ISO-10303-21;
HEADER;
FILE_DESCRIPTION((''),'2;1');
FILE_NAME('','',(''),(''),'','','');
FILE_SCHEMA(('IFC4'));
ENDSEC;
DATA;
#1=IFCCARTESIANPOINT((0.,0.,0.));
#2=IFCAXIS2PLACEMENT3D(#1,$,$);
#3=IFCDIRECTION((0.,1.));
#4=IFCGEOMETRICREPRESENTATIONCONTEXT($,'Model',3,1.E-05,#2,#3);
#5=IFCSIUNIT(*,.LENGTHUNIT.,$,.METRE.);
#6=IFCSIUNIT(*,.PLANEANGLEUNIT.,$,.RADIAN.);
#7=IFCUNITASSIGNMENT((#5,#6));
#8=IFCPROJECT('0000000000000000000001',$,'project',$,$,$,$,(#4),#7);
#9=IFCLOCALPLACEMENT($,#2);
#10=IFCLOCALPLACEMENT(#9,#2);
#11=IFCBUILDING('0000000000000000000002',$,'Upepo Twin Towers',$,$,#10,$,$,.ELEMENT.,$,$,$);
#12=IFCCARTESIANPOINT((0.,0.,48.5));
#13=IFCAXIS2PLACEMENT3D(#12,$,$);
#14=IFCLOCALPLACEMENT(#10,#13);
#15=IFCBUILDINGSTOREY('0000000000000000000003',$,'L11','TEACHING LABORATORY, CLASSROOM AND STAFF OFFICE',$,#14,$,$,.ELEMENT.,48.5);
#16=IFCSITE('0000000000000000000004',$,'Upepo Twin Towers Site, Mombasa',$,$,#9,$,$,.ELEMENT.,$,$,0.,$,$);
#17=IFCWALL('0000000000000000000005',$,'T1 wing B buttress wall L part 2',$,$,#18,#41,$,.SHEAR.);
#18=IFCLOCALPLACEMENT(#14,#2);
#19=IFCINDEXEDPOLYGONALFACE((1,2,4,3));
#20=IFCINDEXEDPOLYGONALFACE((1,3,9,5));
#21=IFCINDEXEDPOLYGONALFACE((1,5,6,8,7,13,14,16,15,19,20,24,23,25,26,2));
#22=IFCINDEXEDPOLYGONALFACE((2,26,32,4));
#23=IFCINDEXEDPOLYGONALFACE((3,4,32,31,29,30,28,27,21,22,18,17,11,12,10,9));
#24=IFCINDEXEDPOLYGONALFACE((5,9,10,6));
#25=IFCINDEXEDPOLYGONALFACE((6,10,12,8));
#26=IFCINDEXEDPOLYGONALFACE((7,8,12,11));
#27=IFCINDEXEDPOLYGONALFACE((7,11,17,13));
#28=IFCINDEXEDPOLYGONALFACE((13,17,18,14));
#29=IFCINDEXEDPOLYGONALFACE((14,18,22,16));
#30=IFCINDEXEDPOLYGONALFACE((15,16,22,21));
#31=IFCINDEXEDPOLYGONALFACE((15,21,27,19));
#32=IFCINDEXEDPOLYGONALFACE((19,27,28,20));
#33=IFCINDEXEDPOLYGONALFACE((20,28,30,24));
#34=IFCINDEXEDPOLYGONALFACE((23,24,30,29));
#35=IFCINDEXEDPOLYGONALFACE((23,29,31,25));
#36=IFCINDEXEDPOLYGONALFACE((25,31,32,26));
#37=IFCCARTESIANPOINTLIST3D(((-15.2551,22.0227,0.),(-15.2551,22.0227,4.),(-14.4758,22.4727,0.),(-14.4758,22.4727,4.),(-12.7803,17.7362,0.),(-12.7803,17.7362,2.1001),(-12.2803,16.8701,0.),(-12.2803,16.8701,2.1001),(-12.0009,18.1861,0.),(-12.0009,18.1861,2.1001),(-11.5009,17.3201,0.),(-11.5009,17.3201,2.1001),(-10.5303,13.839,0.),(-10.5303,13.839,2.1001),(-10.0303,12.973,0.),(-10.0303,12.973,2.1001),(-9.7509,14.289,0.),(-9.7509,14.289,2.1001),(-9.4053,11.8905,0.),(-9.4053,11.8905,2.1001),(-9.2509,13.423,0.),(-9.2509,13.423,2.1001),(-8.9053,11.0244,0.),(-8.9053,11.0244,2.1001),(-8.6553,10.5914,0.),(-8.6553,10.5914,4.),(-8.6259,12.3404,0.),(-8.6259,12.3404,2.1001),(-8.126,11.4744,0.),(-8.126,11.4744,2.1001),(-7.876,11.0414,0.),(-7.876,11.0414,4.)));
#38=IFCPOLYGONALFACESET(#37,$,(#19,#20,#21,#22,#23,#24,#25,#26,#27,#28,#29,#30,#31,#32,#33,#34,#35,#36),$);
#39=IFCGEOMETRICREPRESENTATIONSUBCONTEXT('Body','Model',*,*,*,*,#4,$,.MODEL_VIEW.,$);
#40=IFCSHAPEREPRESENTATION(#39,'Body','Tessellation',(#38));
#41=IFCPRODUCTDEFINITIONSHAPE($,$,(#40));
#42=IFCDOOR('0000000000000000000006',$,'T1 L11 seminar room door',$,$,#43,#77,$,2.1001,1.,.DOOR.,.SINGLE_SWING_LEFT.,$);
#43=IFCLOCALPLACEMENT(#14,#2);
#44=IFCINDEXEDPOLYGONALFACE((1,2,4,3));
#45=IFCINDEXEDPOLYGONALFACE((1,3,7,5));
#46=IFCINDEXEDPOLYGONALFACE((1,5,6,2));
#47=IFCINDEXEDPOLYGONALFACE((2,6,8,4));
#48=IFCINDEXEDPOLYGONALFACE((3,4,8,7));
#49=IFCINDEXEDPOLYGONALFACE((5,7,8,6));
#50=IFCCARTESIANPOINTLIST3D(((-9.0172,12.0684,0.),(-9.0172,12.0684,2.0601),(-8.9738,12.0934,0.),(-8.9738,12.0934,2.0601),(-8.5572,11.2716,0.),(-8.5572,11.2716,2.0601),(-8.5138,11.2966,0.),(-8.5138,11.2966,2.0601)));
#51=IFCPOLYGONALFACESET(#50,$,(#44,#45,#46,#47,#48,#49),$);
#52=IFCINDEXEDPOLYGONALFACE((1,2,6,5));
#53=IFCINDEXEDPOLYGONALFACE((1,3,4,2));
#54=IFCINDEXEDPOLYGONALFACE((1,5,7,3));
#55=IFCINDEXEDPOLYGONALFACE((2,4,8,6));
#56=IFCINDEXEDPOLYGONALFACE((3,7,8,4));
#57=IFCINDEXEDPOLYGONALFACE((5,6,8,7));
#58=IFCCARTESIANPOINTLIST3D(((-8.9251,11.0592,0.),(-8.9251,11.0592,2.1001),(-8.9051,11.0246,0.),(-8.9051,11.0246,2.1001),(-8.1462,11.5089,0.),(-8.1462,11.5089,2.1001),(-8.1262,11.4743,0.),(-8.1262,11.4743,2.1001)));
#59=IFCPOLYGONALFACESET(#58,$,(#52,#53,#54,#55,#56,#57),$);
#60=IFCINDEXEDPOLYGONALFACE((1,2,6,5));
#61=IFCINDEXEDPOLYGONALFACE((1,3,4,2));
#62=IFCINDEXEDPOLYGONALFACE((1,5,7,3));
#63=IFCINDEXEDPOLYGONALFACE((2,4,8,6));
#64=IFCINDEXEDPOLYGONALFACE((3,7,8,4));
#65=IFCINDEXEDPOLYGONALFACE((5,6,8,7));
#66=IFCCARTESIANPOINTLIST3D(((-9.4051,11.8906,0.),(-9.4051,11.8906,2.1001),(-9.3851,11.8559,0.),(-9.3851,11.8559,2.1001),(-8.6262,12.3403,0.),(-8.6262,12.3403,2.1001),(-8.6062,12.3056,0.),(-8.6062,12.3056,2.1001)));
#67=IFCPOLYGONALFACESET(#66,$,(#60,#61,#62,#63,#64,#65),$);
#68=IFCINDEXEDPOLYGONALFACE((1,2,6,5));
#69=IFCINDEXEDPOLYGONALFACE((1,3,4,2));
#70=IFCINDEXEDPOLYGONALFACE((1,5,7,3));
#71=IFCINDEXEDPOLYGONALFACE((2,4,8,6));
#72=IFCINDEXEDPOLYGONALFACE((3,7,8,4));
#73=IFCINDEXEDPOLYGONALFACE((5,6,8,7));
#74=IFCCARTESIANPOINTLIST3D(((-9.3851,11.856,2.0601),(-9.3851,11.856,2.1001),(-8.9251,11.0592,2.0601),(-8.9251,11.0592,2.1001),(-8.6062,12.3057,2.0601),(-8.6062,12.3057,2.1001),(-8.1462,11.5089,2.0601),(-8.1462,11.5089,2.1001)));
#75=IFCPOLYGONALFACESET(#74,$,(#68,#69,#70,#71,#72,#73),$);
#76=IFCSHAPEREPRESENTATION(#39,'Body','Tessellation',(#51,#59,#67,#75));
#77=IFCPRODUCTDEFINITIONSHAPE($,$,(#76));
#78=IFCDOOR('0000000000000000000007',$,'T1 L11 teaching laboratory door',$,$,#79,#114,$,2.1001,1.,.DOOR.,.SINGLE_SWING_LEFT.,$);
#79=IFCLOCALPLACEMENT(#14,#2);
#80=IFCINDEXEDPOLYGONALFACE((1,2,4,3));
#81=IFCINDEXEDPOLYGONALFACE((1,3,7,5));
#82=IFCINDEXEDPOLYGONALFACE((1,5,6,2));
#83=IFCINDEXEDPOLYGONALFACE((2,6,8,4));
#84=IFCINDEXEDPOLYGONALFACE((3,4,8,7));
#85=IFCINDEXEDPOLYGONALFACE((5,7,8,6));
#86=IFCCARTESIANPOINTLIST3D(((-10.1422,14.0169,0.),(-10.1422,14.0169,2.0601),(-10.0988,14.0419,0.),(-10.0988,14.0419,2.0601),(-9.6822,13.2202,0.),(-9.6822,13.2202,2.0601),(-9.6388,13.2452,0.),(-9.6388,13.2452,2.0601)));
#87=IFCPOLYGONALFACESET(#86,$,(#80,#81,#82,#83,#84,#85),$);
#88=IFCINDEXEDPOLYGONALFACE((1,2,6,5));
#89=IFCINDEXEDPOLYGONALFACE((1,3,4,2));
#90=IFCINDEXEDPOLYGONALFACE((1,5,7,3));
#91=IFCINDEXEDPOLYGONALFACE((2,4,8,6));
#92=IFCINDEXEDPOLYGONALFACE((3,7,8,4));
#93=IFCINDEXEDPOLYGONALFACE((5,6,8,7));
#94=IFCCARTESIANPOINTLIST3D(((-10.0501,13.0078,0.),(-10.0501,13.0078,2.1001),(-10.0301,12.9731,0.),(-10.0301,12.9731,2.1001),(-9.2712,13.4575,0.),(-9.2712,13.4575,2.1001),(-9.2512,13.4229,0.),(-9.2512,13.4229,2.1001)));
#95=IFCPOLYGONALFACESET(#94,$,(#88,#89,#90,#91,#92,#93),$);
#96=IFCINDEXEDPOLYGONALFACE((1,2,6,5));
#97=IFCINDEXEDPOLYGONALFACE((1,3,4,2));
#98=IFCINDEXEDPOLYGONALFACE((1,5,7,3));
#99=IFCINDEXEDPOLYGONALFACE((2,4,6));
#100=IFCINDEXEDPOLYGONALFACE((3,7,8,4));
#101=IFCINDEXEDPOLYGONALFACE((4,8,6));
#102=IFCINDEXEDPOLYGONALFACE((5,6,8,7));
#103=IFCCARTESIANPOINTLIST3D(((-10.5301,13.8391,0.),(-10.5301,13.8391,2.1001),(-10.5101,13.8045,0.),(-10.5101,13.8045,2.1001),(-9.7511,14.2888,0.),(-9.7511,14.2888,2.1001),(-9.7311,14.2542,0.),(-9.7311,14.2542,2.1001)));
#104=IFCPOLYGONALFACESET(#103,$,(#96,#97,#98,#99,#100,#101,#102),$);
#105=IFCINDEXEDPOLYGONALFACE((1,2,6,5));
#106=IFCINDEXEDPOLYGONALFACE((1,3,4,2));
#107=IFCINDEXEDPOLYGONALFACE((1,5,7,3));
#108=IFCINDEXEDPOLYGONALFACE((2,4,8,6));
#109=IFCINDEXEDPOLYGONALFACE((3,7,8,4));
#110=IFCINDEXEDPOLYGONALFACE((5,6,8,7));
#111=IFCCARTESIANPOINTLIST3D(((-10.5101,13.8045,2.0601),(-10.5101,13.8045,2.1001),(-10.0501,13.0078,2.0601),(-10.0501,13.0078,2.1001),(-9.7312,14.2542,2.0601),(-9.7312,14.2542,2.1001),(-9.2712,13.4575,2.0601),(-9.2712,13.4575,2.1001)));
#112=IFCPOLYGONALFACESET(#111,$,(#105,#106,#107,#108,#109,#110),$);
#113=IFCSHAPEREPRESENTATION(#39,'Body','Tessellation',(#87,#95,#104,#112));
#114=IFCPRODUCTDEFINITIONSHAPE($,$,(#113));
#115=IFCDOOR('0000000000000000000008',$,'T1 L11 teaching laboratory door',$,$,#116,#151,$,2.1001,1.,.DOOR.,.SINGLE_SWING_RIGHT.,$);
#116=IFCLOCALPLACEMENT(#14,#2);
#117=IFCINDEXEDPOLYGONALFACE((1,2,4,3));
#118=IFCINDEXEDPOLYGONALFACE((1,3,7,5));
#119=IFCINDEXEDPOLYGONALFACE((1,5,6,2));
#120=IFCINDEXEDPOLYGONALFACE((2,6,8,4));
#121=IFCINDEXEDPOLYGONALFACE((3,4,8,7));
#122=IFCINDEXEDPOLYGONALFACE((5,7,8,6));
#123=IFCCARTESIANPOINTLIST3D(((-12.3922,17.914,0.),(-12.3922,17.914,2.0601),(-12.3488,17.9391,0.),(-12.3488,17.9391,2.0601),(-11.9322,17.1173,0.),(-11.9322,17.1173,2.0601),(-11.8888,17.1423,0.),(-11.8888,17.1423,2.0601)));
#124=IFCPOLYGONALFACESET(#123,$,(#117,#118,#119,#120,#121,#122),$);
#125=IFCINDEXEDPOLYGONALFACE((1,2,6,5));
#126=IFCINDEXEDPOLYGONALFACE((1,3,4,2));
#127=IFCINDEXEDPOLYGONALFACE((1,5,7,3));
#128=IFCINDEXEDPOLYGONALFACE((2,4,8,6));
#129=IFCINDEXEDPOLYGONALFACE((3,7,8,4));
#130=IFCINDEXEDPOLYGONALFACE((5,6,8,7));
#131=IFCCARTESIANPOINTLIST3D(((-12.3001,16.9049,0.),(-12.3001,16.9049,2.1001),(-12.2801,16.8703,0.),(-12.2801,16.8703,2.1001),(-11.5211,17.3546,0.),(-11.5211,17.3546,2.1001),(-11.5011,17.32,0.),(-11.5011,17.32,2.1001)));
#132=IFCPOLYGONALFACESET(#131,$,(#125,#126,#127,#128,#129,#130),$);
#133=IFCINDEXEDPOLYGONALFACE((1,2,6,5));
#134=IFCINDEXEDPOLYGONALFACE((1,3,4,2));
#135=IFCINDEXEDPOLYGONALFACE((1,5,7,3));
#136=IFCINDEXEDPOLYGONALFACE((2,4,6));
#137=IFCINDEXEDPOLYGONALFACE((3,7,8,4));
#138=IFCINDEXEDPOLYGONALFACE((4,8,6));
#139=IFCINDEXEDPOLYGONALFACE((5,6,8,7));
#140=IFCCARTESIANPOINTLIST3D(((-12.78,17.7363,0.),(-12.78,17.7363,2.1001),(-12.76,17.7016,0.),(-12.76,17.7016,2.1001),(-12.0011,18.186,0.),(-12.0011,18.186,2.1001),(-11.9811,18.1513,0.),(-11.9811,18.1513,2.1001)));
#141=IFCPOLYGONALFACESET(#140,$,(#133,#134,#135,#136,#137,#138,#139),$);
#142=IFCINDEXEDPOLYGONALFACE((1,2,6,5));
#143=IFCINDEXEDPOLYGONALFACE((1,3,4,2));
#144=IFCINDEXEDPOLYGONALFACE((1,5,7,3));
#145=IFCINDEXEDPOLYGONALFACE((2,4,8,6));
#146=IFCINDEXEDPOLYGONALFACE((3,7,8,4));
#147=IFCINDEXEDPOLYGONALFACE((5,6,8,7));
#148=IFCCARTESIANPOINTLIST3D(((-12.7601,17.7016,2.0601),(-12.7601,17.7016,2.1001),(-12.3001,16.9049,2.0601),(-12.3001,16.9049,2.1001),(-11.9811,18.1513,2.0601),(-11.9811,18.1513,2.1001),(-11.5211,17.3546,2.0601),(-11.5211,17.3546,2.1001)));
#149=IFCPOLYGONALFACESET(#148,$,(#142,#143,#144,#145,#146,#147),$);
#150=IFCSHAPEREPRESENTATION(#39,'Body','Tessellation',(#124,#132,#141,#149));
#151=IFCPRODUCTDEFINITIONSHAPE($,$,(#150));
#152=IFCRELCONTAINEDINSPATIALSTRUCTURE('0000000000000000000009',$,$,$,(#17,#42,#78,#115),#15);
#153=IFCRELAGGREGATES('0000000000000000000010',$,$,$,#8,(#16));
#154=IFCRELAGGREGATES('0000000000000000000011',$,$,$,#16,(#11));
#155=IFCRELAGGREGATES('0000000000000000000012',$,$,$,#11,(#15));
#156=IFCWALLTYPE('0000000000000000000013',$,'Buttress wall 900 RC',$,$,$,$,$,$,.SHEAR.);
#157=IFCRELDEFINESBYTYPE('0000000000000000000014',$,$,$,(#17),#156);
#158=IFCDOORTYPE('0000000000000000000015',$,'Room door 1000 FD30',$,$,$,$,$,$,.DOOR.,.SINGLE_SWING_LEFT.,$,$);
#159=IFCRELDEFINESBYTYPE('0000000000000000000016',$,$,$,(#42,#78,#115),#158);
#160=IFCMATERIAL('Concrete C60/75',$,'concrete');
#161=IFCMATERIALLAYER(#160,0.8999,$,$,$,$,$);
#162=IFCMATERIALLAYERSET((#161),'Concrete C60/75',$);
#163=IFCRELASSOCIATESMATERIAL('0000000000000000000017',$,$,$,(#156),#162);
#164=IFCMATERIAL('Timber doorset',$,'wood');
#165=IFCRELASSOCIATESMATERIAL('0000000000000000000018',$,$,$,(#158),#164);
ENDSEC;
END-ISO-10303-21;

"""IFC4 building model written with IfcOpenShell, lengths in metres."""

from ifc_helpers import new_model, si_unit, direction, frame, frame_2d, origin, place, context, subcontext, project, spatial, rectangle, extrude, material, layer, layer_set, type_object, element, fill, save


model = new_model("IFC4")

# Units and contexts
model_context = context("Model", 3, precision=1e-05, world=origin(), true_north=direction((0.0, 1.0)))
body_context = subcontext(model_context, "Body", "Model", "MODEL_VIEW")
ifc_project = project(units=[si_unit("LENGTHUNIT", "METRE"), si_unit("PLANEANGLEUNIT", "RADIAN")], contexts=[model_context])

# Site, building, storey
site_placement = place(None, origin())
site = spatial("IfcSite", under=ifc_project, at=site_placement, Name="Upepo Twin Towers Site, Mombasa", CompositionType="ELEMENT", RefElevation=0.0)
building_placement = place(site_placement, origin())
building = spatial("IfcBuilding", under=site, at=building_placement, Name="Upepo Twin Towers", CompositionType="ELEMENT")
storey_placement = place(building_placement, frame((0.0, 0.0, 48.5)))
storey = spatial("IfcBuildingStorey", under=building, at=storey_placement, Name="L11", Description="TEACHING LABORATORY, CLASSROOM AND STAFF OFFICE", CompositionType="ELEMENT", Elevation=48.5)

# Wall, openings, doors
ifc_material_1 = material(Name="Concrete C60/75", Category="concrete")
ifc_layer_1 = layer(ifc_material_1, 0.8999)
ifc_layer_set_1 = layer_set([ifc_layer_1], Name="Concrete C60/75")
wall_type_1 = type_object("IfcWallType", Name="Buttress wall 900 RC", PredefinedType="SHEAR", material=ifc_layer_set_1)
wall_1_placement = place(storey_placement, frame((-8.2656, 10.8164, 0.0), z_axis=(0.0, 0.0, 1.0), x_axis=(-0.499996, 0.866028, 0.0)))
wall_1 = element("IfcWall", 1, at=wall_1_placement, inside=storey, type_object=wall_type_1, Name="T1 wing B buttress wall L part 2", PredefinedType="SHEAR", context=body_context, shape_type="SweptSolid", body=[
    extrude(rectangle(XDim=13.1997, YDim=0.8999, at=frame_2d((6.5999, 0.0))), origin(), (0.0, 0.0, 1.0), 4.0),
])
opening_1_placement = place(wall_1_placement, frame((0.5, 0.0, 0.0)))
opening_1 = element("IfcOpeningElement", 2, at=opening_1_placement, cuts=wall_1, PredefinedType="OPENING", context=body_context, shape_type="SweptSolid", body=[
    extrude(rectangle(XDim=1.0, YDim=2.1001, at=frame_2d((0.5, 1.05))), frame((0.0, 0.46, 0.0), z_axis=(0.0, -1.0, 0.0), x_axis=(1.0, 0.0, 0.0)), (0.0, 0.0, 1.0), 0.9199),
])
opening_2_placement = place(wall_1_placement, frame((2.75, 0.0, 0.0)))
opening_2 = element("IfcOpeningElement", 3, at=opening_2_placement, cuts=wall_1, PredefinedType="OPENING", context=body_context, shape_type="SweptSolid", body=[
    extrude(rectangle(XDim=1.0, YDim=2.1001, at=frame_2d((0.5, 1.05))), frame((0.0, 0.46, 0.0), z_axis=(0.0, -1.0, 0.0), x_axis=(1.0, 0.0, 0.0)), (0.0, 0.0, 1.0), 0.9199),
])
opening_3_placement = place(wall_1_placement, frame((7.25, 0.0, 0.0)))
opening_3 = element("IfcOpeningElement", 4, at=opening_3_placement, cuts=wall_1, PredefinedType="OPENING", context=body_context, shape_type="SweptSolid", body=[
    extrude(rectangle(XDim=1.0, YDim=2.1001, at=frame_2d((0.5, 1.05))), frame((0.0, 0.46, 0.0), z_axis=(0.0, -1.0, 0.0), x_axis=(1.0, 0.0, 0.0)), (0.0, 0.0, 1.0), 0.9199),
])
ifc_material_2 = material(Name="Timber doorset", Category="wood")
door_type = type_object("IfcDoorType", Name="Room door 1000 FD30", OperationType="SINGLE_SWING_LEFT", PredefinedType="DOOR", material=ifc_material_2)
door_1_placement = place(opening_1_placement, origin())
door_1 = element("IfcDoor", 5, at=door_1_placement, inside=storey, type_object=door_type, Name="T1 L11 seminar room door", OperationType="SINGLE_SWING_LEFT", OverallHeight=2.1001, OverallWidth=1.0, PredefinedType="DOOR", context=body_context, shape_type="SweptSolid", body=[
    extrude(rectangle(XDim=0.92, YDim=2.0601, at=frame_2d((0.5, 1.03))), frame((0.0, 0.0249, 0.0), z_axis=(0.0, -1.0, 0.0), x_axis=(1.0, 0.0, 0.0)), (0.0, 0.0, 1.0), 0.05),
    extrude(rectangle(XDim=0.04, YDim=2.1001, at=frame_2d((0.02, 1.05))), frame((0.0, 0.4497, 0.0), z_axis=(0.0, -1.0, 0.0), x_axis=(1.0, 0.0, 0.0)), (0.0, 0.0, 1.0), 0.8994),
    extrude(rectangle(XDim=0.04, YDim=2.1001, at=frame_2d((0.98, 1.05))), frame((0.0, 0.4497, 0.0), z_axis=(0.0, -1.0, 0.0), x_axis=(1.0, 0.0, 0.0)), (0.0, 0.0, 1.0), 0.8994),
    extrude(rectangle(XDim=0.92, YDim=0.04, at=frame_2d((0.5, 2.0801))), frame((0.0, 0.4497, 0.0), z_axis=(0.0, -1.0, 0.0), x_axis=(1.0, 0.0, 0.0)), (0.0, 0.0, 1.0), 0.8994),
])
fill(opening_1, door_1)
door_2_placement = place(opening_2_placement, origin())
door_2 = element("IfcDoor", 6, at=door_2_placement, inside=storey, type_object=door_type, Name="T1 L11 teaching laboratory door", OperationType="SINGLE_SWING_LEFT", OverallHeight=2.1001, OverallWidth=1.0, PredefinedType="DOOR", context=body_context, shape_type="SweptSolid", body=[
    extrude(rectangle(XDim=0.92, YDim=2.0601, at=frame_2d((0.5, 1.03))), frame((0.0, 0.0249, 0.0), z_axis=(0.0, -1.0, 0.0), x_axis=(1.0, 0.0, 0.0)), (0.0, 0.0, 1.0), 0.05),
    extrude(rectangle(XDim=0.04, YDim=2.1001, at=frame_2d((0.02, 1.05))), frame((0.0, 0.4497, 0.0), z_axis=(0.0, -1.0, 0.0), x_axis=(1.0, 0.0, 0.0)), (0.0, 0.0, 1.0), 0.8994),
    extrude(rectangle(XDim=0.04, YDim=2.1001, at=frame_2d((0.98, 1.05))), frame((0.0, 0.4497, 0.0), z_axis=(0.0, -1.0, 0.0), x_axis=(1.0, 0.0, 0.0)), (0.0, 0.0, 1.0), 0.8994),
    extrude(rectangle(XDim=0.92, YDim=0.04, at=frame_2d((0.5, 2.0801))), frame((0.0, 0.4497, 0.0), z_axis=(0.0, -1.0, 0.0), x_axis=(1.0, 0.0, 0.0)), (0.0, 0.0, 1.0), 0.8994),
])
fill(opening_2, door_2)
door_3_placement = place(opening_3_placement, origin())
door_3 = element("IfcDoor", 7, at=door_3_placement, inside=storey, type_object=door_type, Name="T1 L11 teaching laboratory door", OperationType="SINGLE_SWING_RIGHT", OverallHeight=2.1001, OverallWidth=1.0, PredefinedType="DOOR", context=body_context, shape_type="SweptSolid", body=[
    extrude(rectangle(XDim=0.92, YDim=2.0601, at=frame_2d((0.5, 1.03))), frame((0.0, 0.0249, 0.0), z_axis=(0.0, -1.0, 0.0), x_axis=(1.0, 0.0, 0.0)), (0.0, 0.0, 1.0), 0.05),
    extrude(rectangle(XDim=0.04, YDim=2.1001, at=frame_2d((0.02, 1.05))), frame((0.0, 0.4497, 0.0), z_axis=(0.0, -1.0, 0.0), x_axis=(1.0, 0.0, 0.0)), (0.0, 0.0, 1.0), 0.8994),
    extrude(rectangle(XDim=0.04, YDim=2.1001, at=frame_2d((0.98, 1.05))), frame((0.0, 0.4497, 0.0), z_axis=(0.0, -1.0, 0.0), x_axis=(1.0, 0.0, 0.0)), (0.0, 0.0, 1.0), 0.8994),
    extrude(rectangle(XDim=0.92, YDim=0.04, at=frame_2d((0.5, 2.0801))), frame((0.0, 0.4497, 0.0), z_axis=(0.0, -1.0, 0.0), x_axis=(1.0, 0.0, 0.0)), (0.0, 0.0, 1.0), 0.8994),
])
fill(opening_3, door_3)

save(model, "model.ifc")
